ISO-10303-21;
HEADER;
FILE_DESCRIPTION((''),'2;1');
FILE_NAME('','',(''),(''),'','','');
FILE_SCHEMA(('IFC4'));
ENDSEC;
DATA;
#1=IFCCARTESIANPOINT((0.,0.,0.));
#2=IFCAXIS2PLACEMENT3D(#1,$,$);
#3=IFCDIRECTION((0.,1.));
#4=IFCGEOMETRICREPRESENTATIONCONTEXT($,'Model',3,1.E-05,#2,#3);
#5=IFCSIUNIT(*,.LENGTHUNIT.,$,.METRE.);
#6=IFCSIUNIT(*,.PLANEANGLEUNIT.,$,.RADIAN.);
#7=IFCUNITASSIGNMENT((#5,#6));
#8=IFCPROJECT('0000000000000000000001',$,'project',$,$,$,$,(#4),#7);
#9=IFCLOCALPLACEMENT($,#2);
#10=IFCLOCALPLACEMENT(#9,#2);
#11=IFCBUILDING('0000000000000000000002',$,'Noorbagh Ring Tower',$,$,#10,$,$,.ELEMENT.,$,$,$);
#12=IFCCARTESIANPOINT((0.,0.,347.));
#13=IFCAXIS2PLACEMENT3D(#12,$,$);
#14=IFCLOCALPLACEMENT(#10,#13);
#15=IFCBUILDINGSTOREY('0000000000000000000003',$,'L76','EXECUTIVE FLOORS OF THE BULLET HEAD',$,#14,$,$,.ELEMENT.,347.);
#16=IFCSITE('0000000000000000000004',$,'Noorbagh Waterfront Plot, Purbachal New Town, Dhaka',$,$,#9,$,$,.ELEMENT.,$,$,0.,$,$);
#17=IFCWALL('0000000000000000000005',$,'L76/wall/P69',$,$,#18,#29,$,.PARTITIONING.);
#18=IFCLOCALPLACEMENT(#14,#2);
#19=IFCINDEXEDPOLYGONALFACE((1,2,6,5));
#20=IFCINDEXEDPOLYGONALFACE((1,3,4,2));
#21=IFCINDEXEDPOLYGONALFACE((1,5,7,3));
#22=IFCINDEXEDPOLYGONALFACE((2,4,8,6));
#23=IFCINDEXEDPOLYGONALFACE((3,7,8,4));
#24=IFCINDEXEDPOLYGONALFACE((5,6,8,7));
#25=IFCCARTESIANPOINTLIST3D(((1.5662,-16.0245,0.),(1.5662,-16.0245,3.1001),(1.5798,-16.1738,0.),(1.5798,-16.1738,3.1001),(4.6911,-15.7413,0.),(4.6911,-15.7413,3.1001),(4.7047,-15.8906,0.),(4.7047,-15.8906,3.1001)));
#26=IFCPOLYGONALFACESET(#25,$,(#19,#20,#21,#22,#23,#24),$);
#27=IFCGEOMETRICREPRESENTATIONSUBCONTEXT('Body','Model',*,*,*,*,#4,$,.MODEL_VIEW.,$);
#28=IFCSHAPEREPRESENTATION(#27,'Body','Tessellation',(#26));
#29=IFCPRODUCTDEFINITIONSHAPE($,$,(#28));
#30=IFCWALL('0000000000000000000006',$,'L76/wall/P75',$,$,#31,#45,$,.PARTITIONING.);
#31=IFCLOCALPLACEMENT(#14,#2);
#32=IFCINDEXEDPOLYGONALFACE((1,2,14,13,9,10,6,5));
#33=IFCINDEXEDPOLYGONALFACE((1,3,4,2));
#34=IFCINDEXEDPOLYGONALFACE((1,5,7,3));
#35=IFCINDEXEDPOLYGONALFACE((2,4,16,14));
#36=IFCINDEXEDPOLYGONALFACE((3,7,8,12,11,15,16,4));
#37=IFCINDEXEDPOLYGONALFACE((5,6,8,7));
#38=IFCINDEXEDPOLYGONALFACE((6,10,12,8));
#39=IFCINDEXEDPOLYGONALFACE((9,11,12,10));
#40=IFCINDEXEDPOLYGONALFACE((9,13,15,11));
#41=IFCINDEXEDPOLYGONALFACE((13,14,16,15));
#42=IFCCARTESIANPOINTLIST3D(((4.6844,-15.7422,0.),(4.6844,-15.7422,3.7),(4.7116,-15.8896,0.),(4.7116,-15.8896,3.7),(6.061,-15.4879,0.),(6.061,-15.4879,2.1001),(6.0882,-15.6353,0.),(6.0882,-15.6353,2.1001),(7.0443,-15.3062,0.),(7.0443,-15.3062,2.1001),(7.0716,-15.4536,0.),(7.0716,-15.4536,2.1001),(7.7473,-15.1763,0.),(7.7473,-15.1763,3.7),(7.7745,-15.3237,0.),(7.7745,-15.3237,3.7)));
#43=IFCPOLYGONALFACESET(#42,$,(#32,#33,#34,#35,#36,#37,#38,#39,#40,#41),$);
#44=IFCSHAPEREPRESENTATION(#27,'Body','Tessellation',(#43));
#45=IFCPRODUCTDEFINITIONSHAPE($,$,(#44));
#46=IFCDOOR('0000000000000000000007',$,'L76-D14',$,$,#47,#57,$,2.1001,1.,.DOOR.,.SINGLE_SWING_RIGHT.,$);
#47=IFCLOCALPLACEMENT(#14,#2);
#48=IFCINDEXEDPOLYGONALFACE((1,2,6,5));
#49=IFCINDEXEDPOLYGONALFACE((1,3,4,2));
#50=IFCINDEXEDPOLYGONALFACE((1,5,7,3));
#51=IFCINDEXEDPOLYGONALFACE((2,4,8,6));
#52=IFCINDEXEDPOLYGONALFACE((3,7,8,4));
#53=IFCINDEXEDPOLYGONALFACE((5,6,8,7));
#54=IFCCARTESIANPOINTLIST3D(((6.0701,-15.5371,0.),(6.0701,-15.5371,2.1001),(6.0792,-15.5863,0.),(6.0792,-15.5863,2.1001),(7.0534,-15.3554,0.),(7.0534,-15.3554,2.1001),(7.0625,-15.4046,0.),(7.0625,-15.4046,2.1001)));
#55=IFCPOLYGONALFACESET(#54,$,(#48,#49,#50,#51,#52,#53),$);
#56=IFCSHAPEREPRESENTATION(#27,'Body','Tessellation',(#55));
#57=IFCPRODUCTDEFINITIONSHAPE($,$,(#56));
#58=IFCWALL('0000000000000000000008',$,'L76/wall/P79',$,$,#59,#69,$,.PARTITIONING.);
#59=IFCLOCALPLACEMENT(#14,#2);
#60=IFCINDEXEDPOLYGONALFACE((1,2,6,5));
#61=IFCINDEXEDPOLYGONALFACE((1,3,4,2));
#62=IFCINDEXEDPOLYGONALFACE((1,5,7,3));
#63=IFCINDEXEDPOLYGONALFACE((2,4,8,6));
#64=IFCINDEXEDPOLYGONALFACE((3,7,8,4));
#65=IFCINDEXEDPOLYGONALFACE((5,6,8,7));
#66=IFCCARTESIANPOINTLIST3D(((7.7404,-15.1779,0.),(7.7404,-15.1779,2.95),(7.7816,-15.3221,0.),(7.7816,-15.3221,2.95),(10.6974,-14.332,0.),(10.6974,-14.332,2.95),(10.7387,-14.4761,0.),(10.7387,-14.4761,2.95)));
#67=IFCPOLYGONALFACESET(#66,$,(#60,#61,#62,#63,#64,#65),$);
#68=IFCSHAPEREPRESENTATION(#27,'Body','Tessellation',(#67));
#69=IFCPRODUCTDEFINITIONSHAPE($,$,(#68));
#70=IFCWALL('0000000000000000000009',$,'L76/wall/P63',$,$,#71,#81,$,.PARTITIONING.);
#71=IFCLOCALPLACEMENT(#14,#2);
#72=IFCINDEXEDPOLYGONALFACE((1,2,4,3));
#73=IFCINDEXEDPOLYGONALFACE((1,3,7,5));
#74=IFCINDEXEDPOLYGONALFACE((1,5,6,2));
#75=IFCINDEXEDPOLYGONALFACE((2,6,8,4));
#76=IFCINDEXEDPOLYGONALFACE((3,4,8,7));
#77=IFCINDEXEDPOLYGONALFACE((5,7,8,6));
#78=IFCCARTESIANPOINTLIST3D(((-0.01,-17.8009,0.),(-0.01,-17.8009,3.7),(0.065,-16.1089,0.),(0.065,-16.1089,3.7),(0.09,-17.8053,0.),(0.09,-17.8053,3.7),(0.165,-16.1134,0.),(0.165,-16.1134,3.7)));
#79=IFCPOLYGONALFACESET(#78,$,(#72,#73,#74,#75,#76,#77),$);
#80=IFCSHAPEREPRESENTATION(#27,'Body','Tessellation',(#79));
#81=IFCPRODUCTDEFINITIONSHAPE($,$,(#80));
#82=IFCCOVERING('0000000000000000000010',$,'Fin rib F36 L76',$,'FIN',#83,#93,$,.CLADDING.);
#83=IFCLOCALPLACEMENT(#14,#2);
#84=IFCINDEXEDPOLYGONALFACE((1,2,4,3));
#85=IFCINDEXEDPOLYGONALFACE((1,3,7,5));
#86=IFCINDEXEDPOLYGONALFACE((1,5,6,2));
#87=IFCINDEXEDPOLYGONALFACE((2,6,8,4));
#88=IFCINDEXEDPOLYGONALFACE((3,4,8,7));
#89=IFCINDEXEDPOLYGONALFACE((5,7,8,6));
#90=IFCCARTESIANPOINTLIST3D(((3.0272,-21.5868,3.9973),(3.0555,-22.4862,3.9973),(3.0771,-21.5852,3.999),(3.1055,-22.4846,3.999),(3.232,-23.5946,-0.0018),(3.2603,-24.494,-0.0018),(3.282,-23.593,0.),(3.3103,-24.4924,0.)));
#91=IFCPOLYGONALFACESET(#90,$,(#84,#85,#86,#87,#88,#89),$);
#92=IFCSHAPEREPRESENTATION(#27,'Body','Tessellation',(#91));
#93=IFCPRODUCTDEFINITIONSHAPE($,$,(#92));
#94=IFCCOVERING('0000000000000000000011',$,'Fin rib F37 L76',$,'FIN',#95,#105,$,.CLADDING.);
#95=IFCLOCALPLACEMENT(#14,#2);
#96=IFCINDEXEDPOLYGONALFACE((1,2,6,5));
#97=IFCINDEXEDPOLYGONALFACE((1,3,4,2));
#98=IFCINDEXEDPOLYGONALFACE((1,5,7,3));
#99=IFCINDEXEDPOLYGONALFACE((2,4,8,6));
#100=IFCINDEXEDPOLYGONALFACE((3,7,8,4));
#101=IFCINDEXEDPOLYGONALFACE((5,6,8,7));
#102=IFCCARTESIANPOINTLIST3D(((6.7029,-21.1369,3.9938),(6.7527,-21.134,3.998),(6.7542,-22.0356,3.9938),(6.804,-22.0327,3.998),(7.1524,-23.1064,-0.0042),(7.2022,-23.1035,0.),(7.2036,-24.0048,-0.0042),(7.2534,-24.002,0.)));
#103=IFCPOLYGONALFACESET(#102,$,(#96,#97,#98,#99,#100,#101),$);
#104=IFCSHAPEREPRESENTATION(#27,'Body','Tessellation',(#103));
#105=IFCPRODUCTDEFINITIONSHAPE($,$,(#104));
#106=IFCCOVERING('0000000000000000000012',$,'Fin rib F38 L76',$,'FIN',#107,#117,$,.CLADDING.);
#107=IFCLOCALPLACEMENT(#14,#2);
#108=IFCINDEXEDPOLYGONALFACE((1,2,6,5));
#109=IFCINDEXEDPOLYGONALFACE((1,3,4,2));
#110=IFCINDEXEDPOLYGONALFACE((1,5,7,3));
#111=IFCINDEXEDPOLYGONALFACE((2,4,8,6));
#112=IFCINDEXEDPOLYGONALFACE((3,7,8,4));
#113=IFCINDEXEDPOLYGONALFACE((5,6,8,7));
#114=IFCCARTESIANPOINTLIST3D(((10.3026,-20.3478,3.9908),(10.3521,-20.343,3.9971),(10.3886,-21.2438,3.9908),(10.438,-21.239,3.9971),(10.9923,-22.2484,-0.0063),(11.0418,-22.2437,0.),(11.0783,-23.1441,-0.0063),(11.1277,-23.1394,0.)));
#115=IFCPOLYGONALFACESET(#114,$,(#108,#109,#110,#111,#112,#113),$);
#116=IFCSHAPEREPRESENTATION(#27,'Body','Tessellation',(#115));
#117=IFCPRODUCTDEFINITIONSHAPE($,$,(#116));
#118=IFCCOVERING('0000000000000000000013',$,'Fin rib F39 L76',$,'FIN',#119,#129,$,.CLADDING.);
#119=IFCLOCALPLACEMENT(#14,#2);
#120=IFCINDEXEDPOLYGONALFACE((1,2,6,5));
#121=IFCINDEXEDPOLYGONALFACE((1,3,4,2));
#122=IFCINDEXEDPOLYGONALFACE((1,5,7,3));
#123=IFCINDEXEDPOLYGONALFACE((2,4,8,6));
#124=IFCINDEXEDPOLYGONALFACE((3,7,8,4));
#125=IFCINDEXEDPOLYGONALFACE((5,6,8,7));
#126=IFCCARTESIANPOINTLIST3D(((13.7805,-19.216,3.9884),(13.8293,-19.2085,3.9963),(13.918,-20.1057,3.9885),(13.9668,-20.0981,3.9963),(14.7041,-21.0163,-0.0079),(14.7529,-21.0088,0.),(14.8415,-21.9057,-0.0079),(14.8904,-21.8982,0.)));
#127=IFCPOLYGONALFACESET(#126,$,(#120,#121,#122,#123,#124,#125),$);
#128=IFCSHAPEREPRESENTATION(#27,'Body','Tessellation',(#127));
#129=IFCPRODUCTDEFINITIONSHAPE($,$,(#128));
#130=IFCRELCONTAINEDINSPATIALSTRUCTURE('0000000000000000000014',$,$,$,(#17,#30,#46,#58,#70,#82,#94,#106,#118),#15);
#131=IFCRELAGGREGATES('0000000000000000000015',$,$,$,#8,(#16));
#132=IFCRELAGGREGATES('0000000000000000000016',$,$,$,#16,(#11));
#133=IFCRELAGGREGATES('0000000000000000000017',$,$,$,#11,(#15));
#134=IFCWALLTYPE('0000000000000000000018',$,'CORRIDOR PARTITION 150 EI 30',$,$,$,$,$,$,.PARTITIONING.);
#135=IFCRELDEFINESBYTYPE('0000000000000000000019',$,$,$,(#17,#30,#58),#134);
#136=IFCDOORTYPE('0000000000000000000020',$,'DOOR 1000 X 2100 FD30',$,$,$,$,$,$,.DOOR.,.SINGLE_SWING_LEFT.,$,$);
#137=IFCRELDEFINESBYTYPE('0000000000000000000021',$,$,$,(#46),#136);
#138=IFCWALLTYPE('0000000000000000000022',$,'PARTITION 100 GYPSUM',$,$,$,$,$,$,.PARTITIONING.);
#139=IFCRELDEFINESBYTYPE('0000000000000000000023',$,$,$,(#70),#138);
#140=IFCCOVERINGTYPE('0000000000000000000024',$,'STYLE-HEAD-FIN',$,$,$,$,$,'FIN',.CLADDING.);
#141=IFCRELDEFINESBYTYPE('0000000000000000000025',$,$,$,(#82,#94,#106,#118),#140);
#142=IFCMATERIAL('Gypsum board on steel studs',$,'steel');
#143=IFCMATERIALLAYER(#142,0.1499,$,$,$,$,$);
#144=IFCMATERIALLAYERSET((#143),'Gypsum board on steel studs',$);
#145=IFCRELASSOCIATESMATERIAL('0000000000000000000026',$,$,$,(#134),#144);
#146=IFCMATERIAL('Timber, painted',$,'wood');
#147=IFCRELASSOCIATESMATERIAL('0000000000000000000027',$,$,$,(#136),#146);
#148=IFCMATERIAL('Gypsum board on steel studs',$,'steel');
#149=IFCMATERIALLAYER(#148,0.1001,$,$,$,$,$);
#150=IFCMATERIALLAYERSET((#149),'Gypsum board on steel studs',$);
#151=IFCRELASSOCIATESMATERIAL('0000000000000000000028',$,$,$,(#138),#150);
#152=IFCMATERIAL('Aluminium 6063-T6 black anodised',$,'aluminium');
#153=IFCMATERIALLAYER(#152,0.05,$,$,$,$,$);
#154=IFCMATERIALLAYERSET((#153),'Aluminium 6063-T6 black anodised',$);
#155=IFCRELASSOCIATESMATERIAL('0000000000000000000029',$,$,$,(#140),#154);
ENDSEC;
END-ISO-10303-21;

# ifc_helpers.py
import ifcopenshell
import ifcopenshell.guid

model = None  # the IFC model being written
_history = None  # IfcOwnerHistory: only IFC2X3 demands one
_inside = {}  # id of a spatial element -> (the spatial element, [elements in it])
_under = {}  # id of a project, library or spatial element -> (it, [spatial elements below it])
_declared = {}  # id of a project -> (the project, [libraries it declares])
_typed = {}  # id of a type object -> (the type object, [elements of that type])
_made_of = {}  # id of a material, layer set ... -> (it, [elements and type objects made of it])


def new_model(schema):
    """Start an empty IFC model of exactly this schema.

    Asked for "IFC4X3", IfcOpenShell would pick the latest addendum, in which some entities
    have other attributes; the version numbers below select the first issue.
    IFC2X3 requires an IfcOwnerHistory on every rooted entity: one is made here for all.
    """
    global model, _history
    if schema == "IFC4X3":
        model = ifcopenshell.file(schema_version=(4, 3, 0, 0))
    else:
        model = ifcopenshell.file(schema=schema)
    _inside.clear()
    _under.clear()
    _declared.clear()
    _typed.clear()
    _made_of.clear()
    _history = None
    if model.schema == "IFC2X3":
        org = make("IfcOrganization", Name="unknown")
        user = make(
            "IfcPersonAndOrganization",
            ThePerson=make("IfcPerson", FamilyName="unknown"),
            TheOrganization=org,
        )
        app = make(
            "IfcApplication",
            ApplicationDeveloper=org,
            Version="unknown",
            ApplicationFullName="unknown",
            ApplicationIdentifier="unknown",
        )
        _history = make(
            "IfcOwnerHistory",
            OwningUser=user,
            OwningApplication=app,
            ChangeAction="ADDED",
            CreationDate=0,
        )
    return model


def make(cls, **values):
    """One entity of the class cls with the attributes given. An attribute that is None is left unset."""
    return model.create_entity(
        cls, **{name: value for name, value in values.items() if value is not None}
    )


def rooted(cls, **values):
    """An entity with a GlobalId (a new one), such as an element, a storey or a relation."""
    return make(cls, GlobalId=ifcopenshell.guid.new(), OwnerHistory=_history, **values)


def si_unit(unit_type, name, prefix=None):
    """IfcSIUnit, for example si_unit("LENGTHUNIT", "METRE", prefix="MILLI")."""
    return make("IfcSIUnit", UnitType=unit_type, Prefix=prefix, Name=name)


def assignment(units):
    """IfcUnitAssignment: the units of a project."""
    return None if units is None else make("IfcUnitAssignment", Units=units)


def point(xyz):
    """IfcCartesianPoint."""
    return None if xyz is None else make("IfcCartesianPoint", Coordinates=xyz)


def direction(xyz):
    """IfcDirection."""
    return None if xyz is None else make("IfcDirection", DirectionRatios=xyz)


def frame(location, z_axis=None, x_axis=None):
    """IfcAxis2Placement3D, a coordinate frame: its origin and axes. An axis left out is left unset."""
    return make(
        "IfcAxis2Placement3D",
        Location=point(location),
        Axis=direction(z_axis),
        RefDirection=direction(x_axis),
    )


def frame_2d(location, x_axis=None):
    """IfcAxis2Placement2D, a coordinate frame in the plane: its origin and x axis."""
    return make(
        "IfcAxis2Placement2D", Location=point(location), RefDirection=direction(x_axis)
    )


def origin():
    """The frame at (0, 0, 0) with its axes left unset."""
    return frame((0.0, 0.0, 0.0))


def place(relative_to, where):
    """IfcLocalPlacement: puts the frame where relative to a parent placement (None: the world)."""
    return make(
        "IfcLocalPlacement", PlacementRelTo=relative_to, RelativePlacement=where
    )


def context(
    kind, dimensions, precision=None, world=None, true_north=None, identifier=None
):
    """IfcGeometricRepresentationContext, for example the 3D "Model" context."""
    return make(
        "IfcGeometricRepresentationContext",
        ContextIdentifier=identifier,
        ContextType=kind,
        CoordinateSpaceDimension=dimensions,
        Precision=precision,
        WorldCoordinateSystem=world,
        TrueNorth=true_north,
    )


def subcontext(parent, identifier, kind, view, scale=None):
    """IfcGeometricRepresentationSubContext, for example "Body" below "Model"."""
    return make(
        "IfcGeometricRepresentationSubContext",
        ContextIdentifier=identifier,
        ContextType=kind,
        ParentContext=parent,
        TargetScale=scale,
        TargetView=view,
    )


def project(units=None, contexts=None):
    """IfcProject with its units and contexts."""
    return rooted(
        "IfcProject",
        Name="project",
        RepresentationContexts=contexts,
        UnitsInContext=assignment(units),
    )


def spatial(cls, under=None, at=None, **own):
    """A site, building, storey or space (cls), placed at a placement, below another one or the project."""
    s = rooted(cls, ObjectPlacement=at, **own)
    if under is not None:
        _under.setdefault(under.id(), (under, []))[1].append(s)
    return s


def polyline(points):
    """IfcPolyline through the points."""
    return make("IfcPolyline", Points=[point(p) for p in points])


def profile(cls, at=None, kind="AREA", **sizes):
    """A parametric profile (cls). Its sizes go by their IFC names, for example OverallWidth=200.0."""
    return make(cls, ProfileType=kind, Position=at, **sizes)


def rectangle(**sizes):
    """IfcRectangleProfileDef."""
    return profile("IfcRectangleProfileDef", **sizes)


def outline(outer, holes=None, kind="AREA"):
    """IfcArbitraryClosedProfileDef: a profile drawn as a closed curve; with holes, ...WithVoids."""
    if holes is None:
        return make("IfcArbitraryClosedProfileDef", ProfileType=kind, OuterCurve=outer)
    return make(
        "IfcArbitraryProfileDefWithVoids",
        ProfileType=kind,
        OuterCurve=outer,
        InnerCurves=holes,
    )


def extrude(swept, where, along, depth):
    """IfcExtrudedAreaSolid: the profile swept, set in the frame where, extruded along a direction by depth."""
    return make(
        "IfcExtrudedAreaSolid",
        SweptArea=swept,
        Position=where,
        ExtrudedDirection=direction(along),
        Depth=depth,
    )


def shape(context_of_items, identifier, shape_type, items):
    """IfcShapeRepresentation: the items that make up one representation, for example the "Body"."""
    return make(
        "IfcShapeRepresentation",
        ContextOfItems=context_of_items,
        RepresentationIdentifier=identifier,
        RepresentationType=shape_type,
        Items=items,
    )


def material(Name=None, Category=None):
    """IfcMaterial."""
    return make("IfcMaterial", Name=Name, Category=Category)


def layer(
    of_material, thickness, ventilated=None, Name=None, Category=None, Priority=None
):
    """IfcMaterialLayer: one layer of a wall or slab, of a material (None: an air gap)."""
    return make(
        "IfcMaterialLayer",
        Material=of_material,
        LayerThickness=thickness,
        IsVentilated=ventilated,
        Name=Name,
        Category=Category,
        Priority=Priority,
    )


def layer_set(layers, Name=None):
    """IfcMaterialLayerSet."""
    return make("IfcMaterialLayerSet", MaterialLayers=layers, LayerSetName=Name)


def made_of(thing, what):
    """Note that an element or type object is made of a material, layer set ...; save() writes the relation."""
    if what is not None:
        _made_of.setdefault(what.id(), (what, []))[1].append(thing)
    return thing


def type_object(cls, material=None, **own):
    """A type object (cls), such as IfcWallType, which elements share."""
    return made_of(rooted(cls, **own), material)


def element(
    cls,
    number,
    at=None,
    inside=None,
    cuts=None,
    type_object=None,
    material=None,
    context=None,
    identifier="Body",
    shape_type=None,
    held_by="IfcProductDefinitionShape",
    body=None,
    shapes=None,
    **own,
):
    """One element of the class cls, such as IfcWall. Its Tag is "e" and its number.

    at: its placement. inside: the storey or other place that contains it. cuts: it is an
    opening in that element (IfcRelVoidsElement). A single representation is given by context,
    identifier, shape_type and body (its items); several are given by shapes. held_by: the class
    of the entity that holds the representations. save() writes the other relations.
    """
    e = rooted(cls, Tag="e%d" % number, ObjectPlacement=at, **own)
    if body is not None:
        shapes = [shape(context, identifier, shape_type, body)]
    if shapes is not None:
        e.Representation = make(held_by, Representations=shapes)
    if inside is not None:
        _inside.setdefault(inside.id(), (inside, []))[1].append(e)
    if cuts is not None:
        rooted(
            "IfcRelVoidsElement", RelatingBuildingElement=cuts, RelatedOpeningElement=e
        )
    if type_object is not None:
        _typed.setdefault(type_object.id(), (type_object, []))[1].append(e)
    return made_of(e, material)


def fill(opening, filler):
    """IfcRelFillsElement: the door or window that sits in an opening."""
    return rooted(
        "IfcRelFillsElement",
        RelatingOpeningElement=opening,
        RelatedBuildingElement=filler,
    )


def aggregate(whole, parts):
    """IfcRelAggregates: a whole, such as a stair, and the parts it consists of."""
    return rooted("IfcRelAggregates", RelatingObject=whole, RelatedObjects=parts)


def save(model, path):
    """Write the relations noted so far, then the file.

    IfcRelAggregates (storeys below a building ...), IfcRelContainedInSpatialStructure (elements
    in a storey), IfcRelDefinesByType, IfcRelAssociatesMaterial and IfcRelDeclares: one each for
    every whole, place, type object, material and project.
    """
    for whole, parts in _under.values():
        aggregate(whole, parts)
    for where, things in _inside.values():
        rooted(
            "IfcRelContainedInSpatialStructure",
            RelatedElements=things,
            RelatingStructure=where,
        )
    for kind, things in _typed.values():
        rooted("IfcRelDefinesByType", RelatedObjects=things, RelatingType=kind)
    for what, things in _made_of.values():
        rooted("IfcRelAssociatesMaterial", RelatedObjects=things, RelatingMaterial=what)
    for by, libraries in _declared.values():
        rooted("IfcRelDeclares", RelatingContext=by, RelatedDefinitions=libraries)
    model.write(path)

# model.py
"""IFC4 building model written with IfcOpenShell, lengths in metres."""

from ifc_helpers import new_model, si_unit, direction, frame, frame_2d, origin, place, context, subcontext, project, spatial, polyline, rectangle, outline, extrude, material, layer, layer_set, type_object, element, fill, save


model = new_model("IFC4")

# Units and contexts
model_context = context("Model", 3, precision=1e-05, world=origin(), true_north=direction((0.0, 1.0)))
body_context = subcontext(model_context, "Body", "Model", "MODEL_VIEW")
ifc_project = project(units=[si_unit("LENGTHUNIT", "METRE"), si_unit("PLANEANGLEUNIT", "RADIAN")], contexts=[model_context])

# Site, building, storey
site_placement = place(None, origin())
site = spatial("IfcSite", under=ifc_project, at=site_placement, Name="Noorbagh Waterfront Plot, Purbachal New Town, Dhaka", CompositionType="ELEMENT", RefElevation=0.0)
building_placement = place(site_placement, origin())
building = spatial("IfcBuilding", under=site, at=building_placement, Name="Noorbagh Ring Tower", CompositionType="ELEMENT")
storey_placement = place(building_placement, frame((0.0, 0.0, 347.0)))
storey = spatial("IfcBuildingStorey", under=building, at=storey_placement, Name="L76", Description="EXECUTIVE FLOORS OF THE BULLET HEAD", CompositionType="ELEMENT", Elevation=347.0)

# Wall
ifc_material_1 = material(Name="Gypsum board on steel studs", Category="steel")
ifc_layer_1 = layer(ifc_material_1, 0.1499)
ifc_layer_set_1 = layer_set([ifc_layer_1], Name="Gypsum board on steel studs")
wall_type_1 = type_object("IfcWallType", Name="CORRIDOR PARTITION 150 EI 30", PredefinedType="PARTITIONING", material=ifc_layer_set_1)
wall_1_placement = place(storey_placement, frame((1.573, -16.0991, 0.0), z_axis=(0.0, 0.0, 1.0), x_axis=(0.995919, 0.090255, 0.0)))
element("IfcWall", 1, at=wall_1_placement, inside=storey, type_object=wall_type_1, Name="L76/wall/P69", PredefinedType="PARTITIONING", context=body_context, shape_type="SweptSolid", body=[
    extrude(rectangle(XDim=3.1377, YDim=0.1499, at=frame_2d((1.5688, 0.0))), origin(), (0.0, 0.0, 1.0), 3.1001),
])

# Wall, opening, door
wall_2_placement = place(storey_placement, frame((4.698, -15.8159, 0.0), z_axis=(0.0, 0.0, 1.0), x_axis=(0.983357, 0.181685, 0.0)))
wall_2 = element("IfcWall", 2, at=wall_2_placement, inside=storey, type_object=wall_type_1, Name="L76/wall/P75", PredefinedType="PARTITIONING", context=body_context, shape_type="SweptSolid", body=[
    extrude(rectangle(XDim=3.1147, YDim=0.1499, at=frame_2d((1.5574, 0.0))), origin(), (0.0, 0.0, 1.0), 3.7),
])
opening_placement = place(wall_2_placement, frame((1.3999, 0.0, 0.0)))
opening = element("IfcOpeningElement", 3, at=opening_placement, cuts=wall_2, PredefinedType="OPENING", context=body_context, shape_type="SweptSolid", body=[
    extrude(rectangle(XDim=1.0, YDim=2.1001, at=frame_2d((0.5, 1.05))), frame((0.0, 0.085, 0.0), z_axis=(0.0, -1.0, 0.0), x_axis=(1.0, 0.0, 0.0)), (0.0, 0.0, 1.0), 0.1699),
])
ifc_material_2 = material(Name="Timber, painted", Category="wood")
door_type = type_object("IfcDoorType", Name="DOOR 1000 X 2100 FD30", OperationType="SINGLE_SWING_LEFT", PredefinedType="DOOR", material=ifc_material_2)
door_placement = place(opening_placement, origin())
door = element("IfcDoor", 4, at=door_placement, inside=storey, type_object=door_type, Name="L76-D14", OperationType="SINGLE_SWING_RIGHT", OverallHeight=2.1001, OverallWidth=1.0, PredefinedType="DOOR", context=body_context, shape_type="SweptSolid", body=[
    extrude(rectangle(XDim=1.0, YDim=2.1001, at=frame_2d((0.5, 1.05))), frame((0.0, 0.0249, 0.0), z_axis=(0.0, -1.0, 0.0), x_axis=(1.0, 0.0, 0.0)), (0.0, 0.0, 1.0), 0.05),
])
fill(opening, door)

# Walls
wall_3_placement = place(storey_placement, frame((7.761, -15.25, 0.0), z_axis=(0.0, 0.0, 1.0), x_axis=(0.961431, 0.275046, 0.0)))
element("IfcWall", 5, at=wall_3_placement, inside=storey, type_object=wall_type_1, Name="L76/wall/P79", PredefinedType="PARTITIONING", context=body_context, shape_type="SweptSolid", body=[
    extrude(rectangle(XDim=3.0757, YDim=0.1499, at=frame_2d((1.5378, 0.0))), origin(), (0.0, 0.0, 1.0), 2.95),
])
ifc_material_3 = material(Name="Gypsum board on steel studs", Category="steel")
ifc_layer_2 = layer(ifc_material_3, 0.1001)
ifc_layer_set_2 = layer_set([ifc_layer_2], Name="Gypsum board on steel studs")
wall_type_2 = type_object("IfcWallType", Name="PARTITION 100 GYPSUM", PredefinedType="PARTITIONING", material=ifc_layer_set_2)
wall_4_placement = place(storey_placement, frame((0.04, -17.803, 0.0), z_axis=(0.0, 0.0, 1.0), x_axis=(0.044257, 0.99902, 0.0)))
element("IfcWall", 6, at=wall_4_placement, inside=storey, type_object=wall_type_2, Name="L76/wall/P63", PredefinedType="PARTITIONING", context=body_context, shape_type="SweptSolid", body=[
    extrude(rectangle(XDim=1.6936, YDim=0.1001, at=frame_2d((0.8467, 0.0))), origin(), (0.0, 0.0, 1.0), 3.7),
])

# Coverings
ifc_material_4 = material(Name="Aluminium 6063-T6 black anodised", Category="aluminium")
ifc_layer_3 = layer(ifc_material_4, 0.05)
ifc_layer_set_3 = layer_set([ifc_layer_3], Name="Aluminium 6063-T6 black anodised")
covering_type_1 = type_object("IfcCoveringType", Name="STYLE-HEAD-FIN", ElementType="FIN", PredefinedType="CLADDING", material=ifc_layer_set_3)
covering_1_placement = place(storey_placement, frame((3.3103, -24.4924, 0.0), z_axis=(0.998879, 0.031452, 0.035372), x_axis=(-0.045728, 0.448228, 0.892749)))
element("IfcCovering", 7, at=covering_1_placement, inside=storey, type_object=covering_type_1, Name="Fin rib F36 L76", ObjectType="FIN", PredefinedType="CLADDING", context=body_context, shape_type="SweptSolid", body=[
    extrude(outline(polyline([(0.0, 0.0), (4.4794, 0.0), (4.8839, -0.8039), (0.4044, -0.8039), (0.0, 0.0)])), origin(), (0.0, 0.0, -1.0), 0.05),
])
covering_2_placement = place(storey_placement, frame((7.2534, -24.002, 0.0), z_axis=(0.994858, 0.056764, 0.083882), x_axis=(-0.10034, 0.439629, 0.892557)))
element("IfcCovering", 8, at=covering_2_placement, inside=storey, type_object=covering_type_1, Name="Fin rib F37 L76", ObjectType="FIN", PredefinedType="CLADDING", context=body_context, shape_type="SweptSolid", body=[
    extrude(outline(polyline([(0.0, 0.0), (4.4793, 0.0), (4.8795, -0.8063), (0.4001, -0.8061), (0.0, 0.0)])), origin(), (0.0, 0.0, -1.0), 0.05),
])
covering_3_placement = place(storey_placement, frame((11.1277, -23.1394, 0.0), z_axis=(0.987578, 0.094734, 0.125363), x_axis=(-0.153973, 0.424265, 0.892352)))
element("IfcCovering", 9, at=covering_3_placement, inside=storey, type_object=covering_type_1, Name="Fin rib F38 L76", ObjectType="FIN", PredefinedType="CLADDING", context=body_context, shape_type="SweptSolid", body=[
    extrude(outline(polyline([(0.0, 0.0), (4.4793, 0.0), (4.8726, -0.8096), (0.3933, -0.8094), (0.0, 0.0)])), origin(), (0.0, 0.0, -1.0), 0.05),
])
covering_4_placement = place(storey_placement, frame((14.8904, -21.8982, 0.0), z_axis=(0.975919, 0.150801, 0.157613), x_axis=(-0.206187, 0.401862, 0.892185)))
element("IfcCovering", 10, at=covering_4_placement, inside=storey, type_object=covering_type_1, Name="Fin rib F39 L76", ObjectType="FIN", PredefinedType="CLADDING", context=body_context, shape_type="SweptSolid", body=[
    extrude(outline(polyline([(0.0, 0.0), (4.4793, 0.0), (4.8651, -0.8133), (0.3858, -0.8131), (0.0, 0.0)])), origin(), (0.0, 0.0, -1.0), 0.05),
])

save(model, "model.ifc")
